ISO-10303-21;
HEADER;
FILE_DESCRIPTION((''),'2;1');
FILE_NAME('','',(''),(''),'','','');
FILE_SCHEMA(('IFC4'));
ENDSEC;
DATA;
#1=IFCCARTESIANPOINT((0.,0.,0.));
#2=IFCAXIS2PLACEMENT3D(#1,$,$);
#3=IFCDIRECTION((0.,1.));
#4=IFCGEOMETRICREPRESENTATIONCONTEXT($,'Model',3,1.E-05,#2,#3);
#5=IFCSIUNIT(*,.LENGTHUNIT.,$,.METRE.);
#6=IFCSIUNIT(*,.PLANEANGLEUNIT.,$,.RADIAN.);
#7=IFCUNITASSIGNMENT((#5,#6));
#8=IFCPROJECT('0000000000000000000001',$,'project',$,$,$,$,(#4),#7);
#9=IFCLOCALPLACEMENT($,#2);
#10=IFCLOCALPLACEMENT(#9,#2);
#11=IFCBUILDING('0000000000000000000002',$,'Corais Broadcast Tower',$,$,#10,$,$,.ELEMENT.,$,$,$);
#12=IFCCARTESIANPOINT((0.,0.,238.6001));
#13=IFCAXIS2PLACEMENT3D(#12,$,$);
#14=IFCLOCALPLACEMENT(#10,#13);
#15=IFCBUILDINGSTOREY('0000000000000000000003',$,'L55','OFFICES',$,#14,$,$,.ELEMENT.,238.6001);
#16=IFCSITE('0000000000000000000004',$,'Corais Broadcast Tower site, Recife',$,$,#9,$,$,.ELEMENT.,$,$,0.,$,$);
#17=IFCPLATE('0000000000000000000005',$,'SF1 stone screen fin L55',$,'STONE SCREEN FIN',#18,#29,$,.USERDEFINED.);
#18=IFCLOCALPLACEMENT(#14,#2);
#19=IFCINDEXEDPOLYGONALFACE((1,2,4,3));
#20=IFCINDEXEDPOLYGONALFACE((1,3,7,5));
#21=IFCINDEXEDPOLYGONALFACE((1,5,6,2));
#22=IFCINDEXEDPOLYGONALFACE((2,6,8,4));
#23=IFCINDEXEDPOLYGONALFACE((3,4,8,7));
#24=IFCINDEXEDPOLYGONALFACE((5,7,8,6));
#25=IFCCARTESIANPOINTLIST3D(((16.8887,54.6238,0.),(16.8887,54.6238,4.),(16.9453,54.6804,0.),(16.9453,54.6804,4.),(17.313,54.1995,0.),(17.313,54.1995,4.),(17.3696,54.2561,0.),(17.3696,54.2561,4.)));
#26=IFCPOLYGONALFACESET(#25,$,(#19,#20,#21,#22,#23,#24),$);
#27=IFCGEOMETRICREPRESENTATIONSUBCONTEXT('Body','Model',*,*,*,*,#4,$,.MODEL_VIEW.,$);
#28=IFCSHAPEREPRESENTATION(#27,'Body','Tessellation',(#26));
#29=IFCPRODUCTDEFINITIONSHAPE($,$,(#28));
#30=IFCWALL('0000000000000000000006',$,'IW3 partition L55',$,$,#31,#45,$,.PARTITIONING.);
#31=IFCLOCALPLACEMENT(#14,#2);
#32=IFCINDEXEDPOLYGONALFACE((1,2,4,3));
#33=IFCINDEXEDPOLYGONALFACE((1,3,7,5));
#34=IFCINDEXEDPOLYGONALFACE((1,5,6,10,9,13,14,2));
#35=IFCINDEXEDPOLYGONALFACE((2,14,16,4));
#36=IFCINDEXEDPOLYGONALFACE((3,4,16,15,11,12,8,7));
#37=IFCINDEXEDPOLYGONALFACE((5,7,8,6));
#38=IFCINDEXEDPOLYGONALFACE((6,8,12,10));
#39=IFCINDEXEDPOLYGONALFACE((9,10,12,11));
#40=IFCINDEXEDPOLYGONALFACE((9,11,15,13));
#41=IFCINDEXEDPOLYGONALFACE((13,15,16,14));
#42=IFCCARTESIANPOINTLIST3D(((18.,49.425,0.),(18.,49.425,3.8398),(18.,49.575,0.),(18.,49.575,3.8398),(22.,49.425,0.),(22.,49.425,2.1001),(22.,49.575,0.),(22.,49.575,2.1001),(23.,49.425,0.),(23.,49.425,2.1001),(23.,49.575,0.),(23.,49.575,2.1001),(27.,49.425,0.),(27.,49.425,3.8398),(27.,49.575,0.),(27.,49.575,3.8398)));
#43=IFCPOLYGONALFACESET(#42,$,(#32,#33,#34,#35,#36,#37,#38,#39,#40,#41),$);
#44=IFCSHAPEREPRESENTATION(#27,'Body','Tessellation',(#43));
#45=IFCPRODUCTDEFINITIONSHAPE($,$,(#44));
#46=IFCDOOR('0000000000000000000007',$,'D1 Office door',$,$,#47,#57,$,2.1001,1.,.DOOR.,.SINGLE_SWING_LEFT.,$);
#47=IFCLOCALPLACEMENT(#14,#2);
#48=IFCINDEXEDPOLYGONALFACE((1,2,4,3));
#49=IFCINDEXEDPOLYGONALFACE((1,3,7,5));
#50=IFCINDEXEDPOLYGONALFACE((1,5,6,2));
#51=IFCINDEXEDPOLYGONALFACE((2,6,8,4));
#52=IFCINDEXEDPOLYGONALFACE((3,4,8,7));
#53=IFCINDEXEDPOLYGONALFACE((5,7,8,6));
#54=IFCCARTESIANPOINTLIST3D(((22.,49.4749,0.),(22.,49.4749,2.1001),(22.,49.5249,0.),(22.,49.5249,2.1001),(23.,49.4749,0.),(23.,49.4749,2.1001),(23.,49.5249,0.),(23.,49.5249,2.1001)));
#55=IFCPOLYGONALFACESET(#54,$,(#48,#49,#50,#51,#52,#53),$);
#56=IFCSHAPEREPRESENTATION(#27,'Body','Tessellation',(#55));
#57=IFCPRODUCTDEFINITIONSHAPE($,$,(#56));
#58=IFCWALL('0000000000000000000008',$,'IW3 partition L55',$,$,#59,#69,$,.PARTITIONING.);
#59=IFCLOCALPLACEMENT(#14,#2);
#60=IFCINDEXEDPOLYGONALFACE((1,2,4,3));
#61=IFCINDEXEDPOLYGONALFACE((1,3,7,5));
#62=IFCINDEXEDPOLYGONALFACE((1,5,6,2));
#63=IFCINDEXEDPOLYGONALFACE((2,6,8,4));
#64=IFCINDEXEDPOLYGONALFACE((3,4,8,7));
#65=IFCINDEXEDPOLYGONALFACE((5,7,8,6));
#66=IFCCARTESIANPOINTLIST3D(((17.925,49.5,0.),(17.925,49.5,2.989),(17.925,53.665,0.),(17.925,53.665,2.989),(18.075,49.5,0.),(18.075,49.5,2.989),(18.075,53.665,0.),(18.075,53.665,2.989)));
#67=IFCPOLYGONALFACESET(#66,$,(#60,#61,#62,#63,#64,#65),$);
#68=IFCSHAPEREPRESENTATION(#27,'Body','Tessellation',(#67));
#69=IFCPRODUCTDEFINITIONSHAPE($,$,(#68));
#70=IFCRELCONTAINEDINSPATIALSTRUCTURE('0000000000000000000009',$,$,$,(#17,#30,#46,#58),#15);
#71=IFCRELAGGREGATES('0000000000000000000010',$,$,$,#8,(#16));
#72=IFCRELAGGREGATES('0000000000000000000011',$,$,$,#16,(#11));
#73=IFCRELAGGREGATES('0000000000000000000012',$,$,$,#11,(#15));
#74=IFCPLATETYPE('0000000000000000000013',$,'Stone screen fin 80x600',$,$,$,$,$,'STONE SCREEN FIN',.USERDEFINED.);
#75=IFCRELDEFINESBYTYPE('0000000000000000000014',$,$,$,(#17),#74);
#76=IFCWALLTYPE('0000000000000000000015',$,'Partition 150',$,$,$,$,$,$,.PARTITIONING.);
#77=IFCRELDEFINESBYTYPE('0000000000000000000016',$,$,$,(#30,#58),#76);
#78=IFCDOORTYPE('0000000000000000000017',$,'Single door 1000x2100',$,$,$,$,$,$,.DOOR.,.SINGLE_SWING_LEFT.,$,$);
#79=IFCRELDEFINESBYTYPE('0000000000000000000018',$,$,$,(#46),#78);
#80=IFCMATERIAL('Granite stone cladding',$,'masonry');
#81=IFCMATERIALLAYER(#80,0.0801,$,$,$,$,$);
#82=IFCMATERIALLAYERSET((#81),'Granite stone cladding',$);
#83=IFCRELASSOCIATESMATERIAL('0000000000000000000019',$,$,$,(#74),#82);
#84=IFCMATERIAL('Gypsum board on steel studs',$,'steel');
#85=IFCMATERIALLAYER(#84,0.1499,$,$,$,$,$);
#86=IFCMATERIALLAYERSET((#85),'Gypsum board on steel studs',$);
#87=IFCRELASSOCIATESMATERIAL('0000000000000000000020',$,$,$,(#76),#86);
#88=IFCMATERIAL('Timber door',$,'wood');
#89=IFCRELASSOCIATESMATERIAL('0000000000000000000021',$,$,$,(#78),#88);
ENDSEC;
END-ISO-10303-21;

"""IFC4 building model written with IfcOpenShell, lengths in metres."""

from ifc_helpers import new_model, si_unit, direction, frame, frame_2d, origin, origin_2d, place, context, subcontext, project, spatial, rectangle, extrude, material, layer, layer_set, type_object, element, fill, save


model = new_model("IFC4")

# Units and contexts
model_context = context("Model", 3, precision=1e-05, world=origin(), true_north=direction((0.0, 1.0)))
body_context = subcontext(model_context, "Body", "Model", "MODEL_VIEW")
ifc_project = project(units=[si_unit("LENGTHUNIT", "METRE"), si_unit("PLANEANGLEUNIT", "RADIAN")], contexts=[model_context])

# Site, building, storey
site_placement = place(None, origin())
site = spatial("IfcSite", under=ifc_project, at=site_placement, Name="Corais Broadcast Tower site, Recife", CompositionType="ELEMENT", RefElevation=0.0)
building_placement = place(site_placement, origin())
building = spatial("IfcBuilding", under=site, at=building_placement, Name="Corais Broadcast Tower", CompositionType="ELEMENT")
storey_placement = place(building_placement, frame((0.0, 0.0, 238.6001)))
storey = spatial("IfcBuildingStorey", under=building, at=storey_placement, Name="L55", Description="OFFICES", CompositionType="ELEMENT", Elevation=238.6001)

# Plate
ifc_material_1 = material(Name="Granite stone cladding", Category="masonry")
ifc_layer_1 = layer(ifc_material_1, 0.0801)
ifc_layer_set_1 = layer_set([ifc_layer_1], Name="Granite stone cladding")
plate_type_1 = type_object("IfcPlateType", Name="Stone screen fin 80x600", ElementType="STONE SCREEN FIN", PredefinedType="USERDEFINED", material=ifc_layer_set_1)
plate_1_placement = place(storey_placement, frame((17.1292, 54.4399, 0.0), z_axis=(0.0, 0.0, 1.0), x_axis=(0.707107, 0.707107, 0.0)))
element("IfcPlate", 1, at=plate_1_placement, inside=storey, type_object=plate_type_1, Name="SF1 stone screen fin L55", ObjectType="STONE SCREEN FIN", PredefinedType="USERDEFINED", context=body_context, shape_type="SweptSolid", body=[
    extrude(rectangle(XDim=0.0801, YDim=0.6001, at=origin_2d()), origin(), (0.0, 0.0, 1.0), 4.0),
])

# Wall, opening, door
ifc_material_2 = material(Name="Gypsum board on steel studs", Category="steel")
ifc_layer_2 = layer(ifc_material_2, 0.1499)
ifc_layer_set_2 = layer_set([ifc_layer_2], Name="Gypsum board on steel studs")
wall_type = type_object("IfcWallType", Name="Partition 150", PredefinedType="PARTITIONING", material=ifc_layer_set_2)
wall_1_placement = place(storey_placement, frame((18.0, 49.5, 0.0), z_axis=(0.0, 0.0, 1.0), x_axis=(1.0, 0.0, 0.0)))
wall_1 = element("IfcWall", 2, at=wall_1_placement, inside=storey, type_object=wall_type, Name="IW3 partition L55", PredefinedType="PARTITIONING", context=body_context, shape_type="SweptSolid", body=[
    extrude(rectangle(XDim=9.0, YDim=0.1499, at=frame_2d((4.5, 0.0))), origin(), (0.0, 0.0, 1.0), 3.8398),
])
opening_placement = place(wall_1_placement, frame((4.0, 0.0, 0.0)))
opening = element("IfcOpeningElement", 3, at=opening_placement, cuts=wall_1, PredefinedType="OPENING", context=body_context, shape_type="SweptSolid", body=[
    extrude(rectangle(XDim=1.0, YDim=2.1001, at=frame_2d((0.5, 1.05))), frame((0.0, 0.085, 0.0), z_axis=(0.0, -1.0, 0.0), x_axis=(1.0, 0.0, 0.0)), (0.0, 0.0, 1.0), 0.1699),
])
ifc_material_3 = material(Name="Timber door", Category="wood")
door_type = type_object("IfcDoorType", Name="Single door 1000x2100", OperationType="SINGLE_SWING_LEFT", PredefinedType="DOOR", material=ifc_material_3)
door_placement = place(opening_placement, origin())
door = element("IfcDoor", 4, at=door_placement, inside=storey, type_object=door_type, Name="D1 Office door", OperationType="SINGLE_SWING_LEFT", OverallHeight=2.1001, OverallWidth=1.0, PredefinedType="DOOR", context=body_context, shape_type="SweptSolid", body=[
    extrude(rectangle(XDim=1.0, YDim=2.1001, at=frame_2d((0.5, 1.05))), frame((0.0, 0.0249, 0.0), z_axis=(0.0, -1.0, 0.0), x_axis=(1.0, 0.0, 0.0)), (0.0, 0.0, 1.0), 0.05),
])
fill(opening, door)

# Wall
wall_2_placement = place(storey_placement, frame((18.0, 53.665, 0.0), z_axis=(0.0, 0.0, 1.0), x_axis=(0.0, -1.0, 0.0)))
element("IfcWall", 5, at=wall_2_placement, inside=storey, type_object=wall_type, Name="IW3 partition L55", PredefinedType="PARTITIONING", context=body_context, shape_type="SweptSolid", body=[
    extrude(rectangle(XDim=4.165, YDim=0.1499, at=frame_2d((2.0825, 0.0))), origin(), (0.0, 0.0, 1.0), 2.989),
])

save(model, "model.ifc")
